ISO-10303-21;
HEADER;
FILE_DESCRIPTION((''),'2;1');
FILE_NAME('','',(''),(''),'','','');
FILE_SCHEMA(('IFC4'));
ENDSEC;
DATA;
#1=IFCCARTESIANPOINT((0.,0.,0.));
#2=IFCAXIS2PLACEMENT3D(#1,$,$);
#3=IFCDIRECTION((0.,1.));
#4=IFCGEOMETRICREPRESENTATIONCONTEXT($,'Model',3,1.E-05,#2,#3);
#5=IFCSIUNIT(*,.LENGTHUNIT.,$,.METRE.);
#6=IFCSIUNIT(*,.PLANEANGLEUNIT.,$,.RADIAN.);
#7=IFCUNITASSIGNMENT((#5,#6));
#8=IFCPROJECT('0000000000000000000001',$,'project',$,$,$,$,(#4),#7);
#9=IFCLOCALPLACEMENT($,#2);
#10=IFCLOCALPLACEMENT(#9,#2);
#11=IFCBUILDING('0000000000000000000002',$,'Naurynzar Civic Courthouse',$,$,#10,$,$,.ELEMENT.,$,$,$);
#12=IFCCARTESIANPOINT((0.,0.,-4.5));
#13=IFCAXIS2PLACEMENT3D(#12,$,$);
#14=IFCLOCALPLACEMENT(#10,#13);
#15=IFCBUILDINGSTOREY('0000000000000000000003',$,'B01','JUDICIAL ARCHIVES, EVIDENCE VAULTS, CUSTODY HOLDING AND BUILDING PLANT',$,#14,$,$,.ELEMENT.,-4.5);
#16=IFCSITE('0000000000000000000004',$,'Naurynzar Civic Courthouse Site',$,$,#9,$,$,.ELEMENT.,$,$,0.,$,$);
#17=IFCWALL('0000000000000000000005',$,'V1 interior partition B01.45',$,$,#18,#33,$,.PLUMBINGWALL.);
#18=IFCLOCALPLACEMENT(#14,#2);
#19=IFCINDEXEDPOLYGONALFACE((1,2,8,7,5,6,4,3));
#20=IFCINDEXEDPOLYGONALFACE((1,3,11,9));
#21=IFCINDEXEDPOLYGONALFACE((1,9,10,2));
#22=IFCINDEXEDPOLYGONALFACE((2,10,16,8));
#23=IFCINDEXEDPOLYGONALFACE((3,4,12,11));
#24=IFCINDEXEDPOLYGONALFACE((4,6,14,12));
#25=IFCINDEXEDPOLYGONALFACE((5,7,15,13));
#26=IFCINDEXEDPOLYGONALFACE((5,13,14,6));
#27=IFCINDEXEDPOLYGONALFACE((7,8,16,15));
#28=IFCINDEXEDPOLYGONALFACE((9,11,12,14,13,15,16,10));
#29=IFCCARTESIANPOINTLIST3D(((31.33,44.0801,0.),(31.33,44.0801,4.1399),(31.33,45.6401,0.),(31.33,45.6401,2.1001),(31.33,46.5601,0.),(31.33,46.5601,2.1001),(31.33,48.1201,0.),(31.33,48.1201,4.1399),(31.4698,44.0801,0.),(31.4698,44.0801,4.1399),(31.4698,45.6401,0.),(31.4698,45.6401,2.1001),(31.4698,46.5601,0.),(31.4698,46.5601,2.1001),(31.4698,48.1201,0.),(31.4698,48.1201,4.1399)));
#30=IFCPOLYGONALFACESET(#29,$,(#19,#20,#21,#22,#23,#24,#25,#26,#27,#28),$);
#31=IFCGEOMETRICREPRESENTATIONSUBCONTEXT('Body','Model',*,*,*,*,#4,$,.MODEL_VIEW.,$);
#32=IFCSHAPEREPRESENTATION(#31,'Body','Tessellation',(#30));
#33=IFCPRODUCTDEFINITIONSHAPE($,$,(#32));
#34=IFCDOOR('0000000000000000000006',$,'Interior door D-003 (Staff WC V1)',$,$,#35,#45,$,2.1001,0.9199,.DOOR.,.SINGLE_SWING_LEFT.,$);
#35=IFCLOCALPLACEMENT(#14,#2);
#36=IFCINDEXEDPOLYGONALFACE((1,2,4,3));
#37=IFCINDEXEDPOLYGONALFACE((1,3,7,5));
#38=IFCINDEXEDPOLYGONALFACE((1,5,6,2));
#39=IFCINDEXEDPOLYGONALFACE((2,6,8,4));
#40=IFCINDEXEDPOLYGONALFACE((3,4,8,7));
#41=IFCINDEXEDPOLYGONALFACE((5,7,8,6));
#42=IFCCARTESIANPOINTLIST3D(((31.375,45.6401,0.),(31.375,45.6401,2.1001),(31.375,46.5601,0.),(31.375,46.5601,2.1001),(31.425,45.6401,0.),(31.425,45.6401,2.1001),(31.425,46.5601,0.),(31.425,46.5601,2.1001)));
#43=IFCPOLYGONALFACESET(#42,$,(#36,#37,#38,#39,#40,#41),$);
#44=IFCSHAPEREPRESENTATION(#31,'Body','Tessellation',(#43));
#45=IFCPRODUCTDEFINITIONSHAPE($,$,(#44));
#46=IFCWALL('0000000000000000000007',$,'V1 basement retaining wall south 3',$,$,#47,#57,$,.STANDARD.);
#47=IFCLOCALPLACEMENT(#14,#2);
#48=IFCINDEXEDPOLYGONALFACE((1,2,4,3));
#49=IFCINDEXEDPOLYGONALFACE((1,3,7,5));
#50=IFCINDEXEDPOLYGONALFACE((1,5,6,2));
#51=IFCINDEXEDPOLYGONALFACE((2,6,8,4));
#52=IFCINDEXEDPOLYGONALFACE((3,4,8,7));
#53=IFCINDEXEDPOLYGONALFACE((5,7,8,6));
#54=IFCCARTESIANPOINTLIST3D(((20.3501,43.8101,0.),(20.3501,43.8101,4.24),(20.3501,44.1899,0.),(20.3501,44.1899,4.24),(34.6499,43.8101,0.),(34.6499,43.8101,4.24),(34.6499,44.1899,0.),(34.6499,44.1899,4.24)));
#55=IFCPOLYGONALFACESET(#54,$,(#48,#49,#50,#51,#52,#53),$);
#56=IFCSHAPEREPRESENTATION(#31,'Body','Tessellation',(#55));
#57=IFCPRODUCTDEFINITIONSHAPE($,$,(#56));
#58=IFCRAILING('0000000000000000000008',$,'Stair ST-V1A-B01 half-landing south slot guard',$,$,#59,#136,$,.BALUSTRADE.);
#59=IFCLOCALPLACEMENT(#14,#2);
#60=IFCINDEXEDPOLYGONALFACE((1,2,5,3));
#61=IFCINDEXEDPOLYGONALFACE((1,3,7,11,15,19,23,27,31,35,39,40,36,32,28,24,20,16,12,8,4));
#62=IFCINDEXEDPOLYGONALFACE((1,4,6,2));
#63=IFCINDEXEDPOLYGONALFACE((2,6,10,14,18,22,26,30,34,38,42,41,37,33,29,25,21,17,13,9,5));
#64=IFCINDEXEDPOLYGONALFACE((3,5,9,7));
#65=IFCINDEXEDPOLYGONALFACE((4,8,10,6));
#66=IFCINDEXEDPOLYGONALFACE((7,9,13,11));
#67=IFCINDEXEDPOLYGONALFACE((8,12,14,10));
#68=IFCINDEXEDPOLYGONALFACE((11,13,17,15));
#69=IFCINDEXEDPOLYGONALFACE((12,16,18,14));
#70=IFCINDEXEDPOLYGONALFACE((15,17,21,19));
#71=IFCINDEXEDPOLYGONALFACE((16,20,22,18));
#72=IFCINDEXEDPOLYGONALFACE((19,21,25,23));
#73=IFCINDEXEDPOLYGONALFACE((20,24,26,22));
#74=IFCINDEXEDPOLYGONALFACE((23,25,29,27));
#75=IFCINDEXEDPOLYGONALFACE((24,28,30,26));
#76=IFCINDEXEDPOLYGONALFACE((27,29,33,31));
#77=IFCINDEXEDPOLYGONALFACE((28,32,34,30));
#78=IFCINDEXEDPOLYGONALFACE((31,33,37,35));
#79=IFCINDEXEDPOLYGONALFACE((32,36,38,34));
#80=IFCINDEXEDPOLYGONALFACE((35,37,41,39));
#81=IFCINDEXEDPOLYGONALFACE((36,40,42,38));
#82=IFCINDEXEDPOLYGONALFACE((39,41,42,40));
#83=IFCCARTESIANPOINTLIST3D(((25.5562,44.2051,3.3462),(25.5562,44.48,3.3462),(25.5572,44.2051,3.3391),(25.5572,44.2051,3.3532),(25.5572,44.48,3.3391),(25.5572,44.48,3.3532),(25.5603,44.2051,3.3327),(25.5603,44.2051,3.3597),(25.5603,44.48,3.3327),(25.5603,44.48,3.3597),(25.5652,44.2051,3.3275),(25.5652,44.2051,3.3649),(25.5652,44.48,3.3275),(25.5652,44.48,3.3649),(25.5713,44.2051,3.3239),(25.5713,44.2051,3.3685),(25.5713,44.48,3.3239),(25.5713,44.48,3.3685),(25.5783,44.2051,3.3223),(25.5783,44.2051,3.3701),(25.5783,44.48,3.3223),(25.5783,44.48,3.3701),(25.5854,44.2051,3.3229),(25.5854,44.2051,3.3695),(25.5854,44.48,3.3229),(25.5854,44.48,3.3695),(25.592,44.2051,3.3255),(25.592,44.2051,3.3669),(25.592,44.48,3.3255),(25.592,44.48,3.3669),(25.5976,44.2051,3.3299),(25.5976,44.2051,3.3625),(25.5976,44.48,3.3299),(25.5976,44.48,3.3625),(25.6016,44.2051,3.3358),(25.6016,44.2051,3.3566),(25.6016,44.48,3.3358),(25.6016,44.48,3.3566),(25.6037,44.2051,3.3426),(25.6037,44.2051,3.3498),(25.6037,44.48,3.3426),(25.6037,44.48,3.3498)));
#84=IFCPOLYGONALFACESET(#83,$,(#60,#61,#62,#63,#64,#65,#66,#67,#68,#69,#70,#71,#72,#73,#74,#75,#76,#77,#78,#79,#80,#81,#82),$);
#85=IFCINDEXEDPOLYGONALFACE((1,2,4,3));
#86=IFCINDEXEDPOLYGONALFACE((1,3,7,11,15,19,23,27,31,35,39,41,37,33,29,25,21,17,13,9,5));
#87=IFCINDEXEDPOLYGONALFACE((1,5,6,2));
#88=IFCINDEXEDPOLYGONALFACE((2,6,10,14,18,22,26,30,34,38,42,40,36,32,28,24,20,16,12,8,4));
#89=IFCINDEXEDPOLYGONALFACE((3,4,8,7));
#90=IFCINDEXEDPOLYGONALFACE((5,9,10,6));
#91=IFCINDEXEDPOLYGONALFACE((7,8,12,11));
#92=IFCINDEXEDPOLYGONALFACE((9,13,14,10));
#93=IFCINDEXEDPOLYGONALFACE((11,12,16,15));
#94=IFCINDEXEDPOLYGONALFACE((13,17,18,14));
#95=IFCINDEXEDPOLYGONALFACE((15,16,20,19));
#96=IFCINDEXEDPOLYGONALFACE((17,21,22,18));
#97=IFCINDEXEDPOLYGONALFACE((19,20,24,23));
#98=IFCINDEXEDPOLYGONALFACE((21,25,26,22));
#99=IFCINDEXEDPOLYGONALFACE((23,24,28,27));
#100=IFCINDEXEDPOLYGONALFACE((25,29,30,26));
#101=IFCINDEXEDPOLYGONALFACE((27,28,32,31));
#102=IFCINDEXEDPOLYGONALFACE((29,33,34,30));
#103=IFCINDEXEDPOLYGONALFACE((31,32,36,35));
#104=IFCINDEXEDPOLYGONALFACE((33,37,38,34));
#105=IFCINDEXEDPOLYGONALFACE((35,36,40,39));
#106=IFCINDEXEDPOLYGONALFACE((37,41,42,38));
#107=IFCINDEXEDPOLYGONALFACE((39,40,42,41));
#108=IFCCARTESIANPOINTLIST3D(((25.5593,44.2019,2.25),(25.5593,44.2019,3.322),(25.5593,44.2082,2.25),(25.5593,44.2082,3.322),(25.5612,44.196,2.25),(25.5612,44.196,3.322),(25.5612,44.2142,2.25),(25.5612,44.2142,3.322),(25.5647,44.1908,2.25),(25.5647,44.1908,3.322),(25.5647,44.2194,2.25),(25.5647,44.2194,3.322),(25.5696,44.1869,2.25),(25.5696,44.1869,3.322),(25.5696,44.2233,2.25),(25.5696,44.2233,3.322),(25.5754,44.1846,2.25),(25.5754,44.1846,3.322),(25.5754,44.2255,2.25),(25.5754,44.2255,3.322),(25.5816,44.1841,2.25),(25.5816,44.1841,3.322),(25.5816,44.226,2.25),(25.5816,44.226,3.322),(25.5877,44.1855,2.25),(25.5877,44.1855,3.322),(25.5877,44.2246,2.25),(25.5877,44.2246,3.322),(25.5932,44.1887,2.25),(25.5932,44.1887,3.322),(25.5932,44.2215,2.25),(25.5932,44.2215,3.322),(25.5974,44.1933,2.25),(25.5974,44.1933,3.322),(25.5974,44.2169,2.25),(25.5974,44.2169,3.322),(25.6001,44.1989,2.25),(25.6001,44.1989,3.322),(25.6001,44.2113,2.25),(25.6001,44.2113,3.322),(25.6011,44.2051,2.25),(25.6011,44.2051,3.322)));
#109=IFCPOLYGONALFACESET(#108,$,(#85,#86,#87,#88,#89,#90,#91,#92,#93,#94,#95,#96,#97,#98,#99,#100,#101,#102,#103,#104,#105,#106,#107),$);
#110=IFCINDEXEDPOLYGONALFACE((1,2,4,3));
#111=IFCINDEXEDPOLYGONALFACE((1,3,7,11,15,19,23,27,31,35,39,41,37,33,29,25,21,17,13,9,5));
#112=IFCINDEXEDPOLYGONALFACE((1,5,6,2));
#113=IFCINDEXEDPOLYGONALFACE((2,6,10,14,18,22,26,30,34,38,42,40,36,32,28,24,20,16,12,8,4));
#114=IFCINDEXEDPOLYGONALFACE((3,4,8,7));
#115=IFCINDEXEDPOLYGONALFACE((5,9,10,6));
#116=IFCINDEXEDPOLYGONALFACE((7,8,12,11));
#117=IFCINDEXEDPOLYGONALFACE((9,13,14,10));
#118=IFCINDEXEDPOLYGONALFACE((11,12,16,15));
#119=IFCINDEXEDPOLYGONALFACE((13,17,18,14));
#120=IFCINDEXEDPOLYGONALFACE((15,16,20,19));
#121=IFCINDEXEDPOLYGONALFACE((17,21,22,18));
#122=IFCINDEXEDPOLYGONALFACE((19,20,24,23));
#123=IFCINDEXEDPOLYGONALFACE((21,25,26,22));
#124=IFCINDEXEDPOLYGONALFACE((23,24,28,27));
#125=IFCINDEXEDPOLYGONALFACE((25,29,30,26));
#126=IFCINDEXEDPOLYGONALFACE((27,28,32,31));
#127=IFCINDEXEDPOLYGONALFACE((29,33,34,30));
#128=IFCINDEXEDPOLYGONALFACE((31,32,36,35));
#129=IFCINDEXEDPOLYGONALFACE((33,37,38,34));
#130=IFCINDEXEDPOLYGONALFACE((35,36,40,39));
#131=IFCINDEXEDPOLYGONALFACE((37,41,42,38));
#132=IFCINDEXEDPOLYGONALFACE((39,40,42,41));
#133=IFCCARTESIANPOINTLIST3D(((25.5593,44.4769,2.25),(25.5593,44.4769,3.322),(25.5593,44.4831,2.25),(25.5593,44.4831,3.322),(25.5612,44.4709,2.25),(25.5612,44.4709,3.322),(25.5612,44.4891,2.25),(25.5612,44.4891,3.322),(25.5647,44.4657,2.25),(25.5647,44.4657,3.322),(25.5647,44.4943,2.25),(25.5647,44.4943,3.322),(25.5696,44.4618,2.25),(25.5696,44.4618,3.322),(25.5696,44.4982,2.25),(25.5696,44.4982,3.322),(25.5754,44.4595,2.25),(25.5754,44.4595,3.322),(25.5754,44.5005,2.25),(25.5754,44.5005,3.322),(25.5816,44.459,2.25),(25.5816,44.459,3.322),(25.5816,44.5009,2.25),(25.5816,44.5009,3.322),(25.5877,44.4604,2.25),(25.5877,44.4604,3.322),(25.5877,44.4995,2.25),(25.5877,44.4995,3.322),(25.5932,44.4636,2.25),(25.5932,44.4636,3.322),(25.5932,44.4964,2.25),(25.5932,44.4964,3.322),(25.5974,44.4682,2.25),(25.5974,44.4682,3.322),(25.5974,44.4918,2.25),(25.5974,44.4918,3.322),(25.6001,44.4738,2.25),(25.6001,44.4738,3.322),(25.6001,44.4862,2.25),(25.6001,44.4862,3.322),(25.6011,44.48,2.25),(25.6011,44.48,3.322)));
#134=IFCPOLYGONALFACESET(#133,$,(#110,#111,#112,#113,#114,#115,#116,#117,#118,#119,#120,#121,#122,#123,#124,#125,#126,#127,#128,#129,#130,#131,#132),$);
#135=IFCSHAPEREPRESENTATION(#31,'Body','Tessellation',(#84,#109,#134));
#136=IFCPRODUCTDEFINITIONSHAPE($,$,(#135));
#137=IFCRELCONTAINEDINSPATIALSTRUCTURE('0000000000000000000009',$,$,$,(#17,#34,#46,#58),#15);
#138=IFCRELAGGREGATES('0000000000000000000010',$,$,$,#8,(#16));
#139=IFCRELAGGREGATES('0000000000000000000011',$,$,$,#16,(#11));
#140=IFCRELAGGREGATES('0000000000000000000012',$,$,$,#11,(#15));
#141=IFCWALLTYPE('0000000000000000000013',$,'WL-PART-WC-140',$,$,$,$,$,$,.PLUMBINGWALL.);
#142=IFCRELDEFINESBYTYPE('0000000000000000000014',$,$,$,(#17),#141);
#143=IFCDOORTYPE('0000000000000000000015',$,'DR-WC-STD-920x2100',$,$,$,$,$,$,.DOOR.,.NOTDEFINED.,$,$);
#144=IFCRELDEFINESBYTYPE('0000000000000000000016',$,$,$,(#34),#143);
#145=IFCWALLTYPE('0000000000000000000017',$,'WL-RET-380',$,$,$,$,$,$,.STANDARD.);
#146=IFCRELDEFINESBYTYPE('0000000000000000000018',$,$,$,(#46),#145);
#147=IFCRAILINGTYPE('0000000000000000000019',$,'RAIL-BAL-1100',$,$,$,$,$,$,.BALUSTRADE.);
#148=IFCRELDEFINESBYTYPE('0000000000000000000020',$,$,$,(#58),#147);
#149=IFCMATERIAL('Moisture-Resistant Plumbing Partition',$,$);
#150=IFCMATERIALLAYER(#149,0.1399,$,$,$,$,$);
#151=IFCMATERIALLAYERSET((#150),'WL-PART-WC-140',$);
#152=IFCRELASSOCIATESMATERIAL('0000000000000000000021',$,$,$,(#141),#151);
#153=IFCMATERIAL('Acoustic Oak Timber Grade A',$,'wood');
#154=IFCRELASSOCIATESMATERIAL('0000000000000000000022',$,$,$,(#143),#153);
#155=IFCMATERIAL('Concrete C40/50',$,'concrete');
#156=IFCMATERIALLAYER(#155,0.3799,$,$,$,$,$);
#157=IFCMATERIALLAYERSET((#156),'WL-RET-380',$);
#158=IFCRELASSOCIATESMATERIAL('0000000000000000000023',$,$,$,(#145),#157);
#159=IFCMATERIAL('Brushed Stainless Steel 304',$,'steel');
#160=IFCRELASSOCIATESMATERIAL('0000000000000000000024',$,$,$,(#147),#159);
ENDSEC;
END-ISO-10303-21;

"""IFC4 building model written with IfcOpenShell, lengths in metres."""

from ifc_helpers import new_model, si_unit, direction, frame, frame_2d, origin, origin_2d, place, context, subcontext, project, spatial, rectangle, circle, extrude, material, layer, layer_set, type_object, element, fill, save


model = new_model("IFC4")

# Units and contexts
model_context = context("Model", 3, precision=1e-05, world=origin(), true_north=direction((0.0, 1.0)))
body_context = subcontext(model_context, "Body", "Model", "MODEL_VIEW")
ifc_project = project(units=[si_unit("LENGTHUNIT", "METRE"), si_unit("PLANEANGLEUNIT", "RADIAN")], contexts=[model_context])

# Site, building, storey
site_placement = place(None, origin())
site = spatial("IfcSite", under=ifc_project, at=site_placement, Name="Naurynzar Civic Courthouse Site", CompositionType="ELEMENT", RefElevation=0.0)
building_placement = place(site_placement, origin())
building = spatial("IfcBuilding", under=site, at=building_placement, Name="Naurynzar Civic Courthouse", CompositionType="ELEMENT")
storey_placement = place(building_placement, frame((0.0, 0.0, -4.5)))
storey = spatial("IfcBuildingStorey", under=building, at=storey_placement, Name="B01", Description="JUDICIAL ARCHIVES, EVIDENCE VAULTS, CUSTODY HOLDING AND BUILDING PLANT", CompositionType="ELEMENT", Elevation=-4.5)

# Shared definitions
ifc_material_1 = material(Name="Moisture-Resistant Plumbing Partition")
ifc_layer_1 = layer(ifc_material_1, 0.1399)
ifc_layer_set_1 = layer_set([ifc_layer_1], Name="WL-PART-WC-140")
wall_type_1 = type_object("IfcWallType", Name="WL-PART-WC-140", PredefinedType="PLUMBINGWALL", material=ifc_layer_set_1)

# Wall, opening, door
wall_1_placement = place(storey_placement, frame((31.3999, 44.0801, 0.0), z_axis=(0.0, 0.0, 1.0), x_axis=(0.0, 1.0, 0.0)))
wall_1 = element("IfcWall", 1, at=wall_1_placement, inside=storey, type_object=wall_type_1, Name="V1 interior partition B01.45", PredefinedType="PLUMBINGWALL", context=body_context, shape_type="SweptSolid", body=[
    extrude(rectangle(XDim=4.04, YDim=0.1399, at=frame_2d((2.02, 0.0))), origin(), (0.0, 0.0, 1.0), 4.1399),
])
opening_1_placement = place(wall_1_placement, frame((1.5601, 0.0, 0.0)))
opening_1 = element("IfcOpeningElement", 2, at=opening_1_placement, cuts=wall_1, PredefinedType="OPENING", context=body_context, shape_type="SweptSolid", body=[
    extrude(rectangle(XDim=0.9199, YDim=2.1001, at=frame_2d((0.46, 1.05))), frame((0.0, 0.0798, 0.0), z_axis=(0.0, -1.0, 0.0), x_axis=(1.0, 0.0, 0.0)), (0.0, 0.0, 1.0), 0.1599),
])
ifc_material_2 = material(Name="Acoustic Oak Timber Grade A", Category="wood")
door_type_1 = type_object("IfcDoorType", Name="DR-WC-STD-920x2100", OperationType="NOTDEFINED", PredefinedType="DOOR", material=ifc_material_2)
door_1_placement = place(opening_1_placement, origin())
door_1 = element("IfcDoor", 3, at=door_1_placement, inside=storey, type_object=door_type_1, Name="Interior door D-003 (Staff WC V1)", OperationType="SINGLE_SWING_LEFT", OverallHeight=2.1001, OverallWidth=0.9199, PredefinedType="DOOR", context=body_context, shape_type="SweptSolid", body=[
    extrude(rectangle(XDim=0.9199, YDim=2.1001, at=frame_2d((0.46, 1.05))), frame((0.0, 0.0249, 0.0), z_axis=(0.0, -1.0, 0.0), x_axis=(1.0, 0.0, 0.0)), (0.0, 0.0, 1.0), 0.05),
])
fill(opening_1, door_1)

# Wall
ifc_material_3 = material(Name="Concrete C40/50", Category="concrete")
ifc_layer_2 = layer(ifc_material_3, 0.3799)
ifc_layer_set_2 = layer_set([ifc_layer_2], Name="WL-RET-380")
wall_type_2 = type_object("IfcWallType", Name="WL-RET-380", PredefinedType="STANDARD", material=ifc_layer_set_2)
wall_2_placement = place(storey_placement, frame((34.6499, 44.0, 0.0), z_axis=(0.0, 0.0, 1.0), x_axis=(-1.0, 0.0, 0.0)))
element("IfcWall", 4, at=wall_2_placement, inside=storey, type_object=wall_type_2, Name="V1 basement retaining wall south 3", PredefinedType="STANDARD", context=body_context, shape_type="SweptSolid", body=[
    extrude(rectangle(XDim=14.2998, YDim=0.3799, at=frame_2d((7.1499, 0.0))), origin(), (0.0, 0.0, 1.0), 4.24),
])

# Railing
ifc_material_4 = material(Name="Brushed Stainless Steel 304", Category="steel")
railing_type = type_object("IfcRailingType", Name="RAIL-BAL-1100", PredefinedType="BALUSTRADE", material=ifc_material_4)
railing_placement = place(storey_placement, frame((25.5801, 44.2051, 2.25)))
element("IfcRailing", 5, at=railing_placement, inside=storey, type_object=railing_type, Name="Stair ST-V1A-B01 half-landing south slot guard", PredefinedType="BALUSTRADE", context=body_context, shape_type="SweptSolid", body=[
    extrude(circle(Radius=0.0239, at=origin_2d()), frame((0.0, 0.0, 1.0962), z_axis=(0.0, 1.0, 0.0), x_axis=(-1.0, 0.0, 0.0)), (0.0, 0.0, 1.0), 0.2749),
    extrude(circle(Radius=0.021, at=origin_2d()), origin(), (0.0, 0.0, 1.0), 1.072),
    extrude(circle(Radius=0.021, at=origin_2d()), frame((0.0, 0.2749, 0.0)), (0.0, 0.0, 1.0), 1.072),
])

save(model, "model.ifc")
